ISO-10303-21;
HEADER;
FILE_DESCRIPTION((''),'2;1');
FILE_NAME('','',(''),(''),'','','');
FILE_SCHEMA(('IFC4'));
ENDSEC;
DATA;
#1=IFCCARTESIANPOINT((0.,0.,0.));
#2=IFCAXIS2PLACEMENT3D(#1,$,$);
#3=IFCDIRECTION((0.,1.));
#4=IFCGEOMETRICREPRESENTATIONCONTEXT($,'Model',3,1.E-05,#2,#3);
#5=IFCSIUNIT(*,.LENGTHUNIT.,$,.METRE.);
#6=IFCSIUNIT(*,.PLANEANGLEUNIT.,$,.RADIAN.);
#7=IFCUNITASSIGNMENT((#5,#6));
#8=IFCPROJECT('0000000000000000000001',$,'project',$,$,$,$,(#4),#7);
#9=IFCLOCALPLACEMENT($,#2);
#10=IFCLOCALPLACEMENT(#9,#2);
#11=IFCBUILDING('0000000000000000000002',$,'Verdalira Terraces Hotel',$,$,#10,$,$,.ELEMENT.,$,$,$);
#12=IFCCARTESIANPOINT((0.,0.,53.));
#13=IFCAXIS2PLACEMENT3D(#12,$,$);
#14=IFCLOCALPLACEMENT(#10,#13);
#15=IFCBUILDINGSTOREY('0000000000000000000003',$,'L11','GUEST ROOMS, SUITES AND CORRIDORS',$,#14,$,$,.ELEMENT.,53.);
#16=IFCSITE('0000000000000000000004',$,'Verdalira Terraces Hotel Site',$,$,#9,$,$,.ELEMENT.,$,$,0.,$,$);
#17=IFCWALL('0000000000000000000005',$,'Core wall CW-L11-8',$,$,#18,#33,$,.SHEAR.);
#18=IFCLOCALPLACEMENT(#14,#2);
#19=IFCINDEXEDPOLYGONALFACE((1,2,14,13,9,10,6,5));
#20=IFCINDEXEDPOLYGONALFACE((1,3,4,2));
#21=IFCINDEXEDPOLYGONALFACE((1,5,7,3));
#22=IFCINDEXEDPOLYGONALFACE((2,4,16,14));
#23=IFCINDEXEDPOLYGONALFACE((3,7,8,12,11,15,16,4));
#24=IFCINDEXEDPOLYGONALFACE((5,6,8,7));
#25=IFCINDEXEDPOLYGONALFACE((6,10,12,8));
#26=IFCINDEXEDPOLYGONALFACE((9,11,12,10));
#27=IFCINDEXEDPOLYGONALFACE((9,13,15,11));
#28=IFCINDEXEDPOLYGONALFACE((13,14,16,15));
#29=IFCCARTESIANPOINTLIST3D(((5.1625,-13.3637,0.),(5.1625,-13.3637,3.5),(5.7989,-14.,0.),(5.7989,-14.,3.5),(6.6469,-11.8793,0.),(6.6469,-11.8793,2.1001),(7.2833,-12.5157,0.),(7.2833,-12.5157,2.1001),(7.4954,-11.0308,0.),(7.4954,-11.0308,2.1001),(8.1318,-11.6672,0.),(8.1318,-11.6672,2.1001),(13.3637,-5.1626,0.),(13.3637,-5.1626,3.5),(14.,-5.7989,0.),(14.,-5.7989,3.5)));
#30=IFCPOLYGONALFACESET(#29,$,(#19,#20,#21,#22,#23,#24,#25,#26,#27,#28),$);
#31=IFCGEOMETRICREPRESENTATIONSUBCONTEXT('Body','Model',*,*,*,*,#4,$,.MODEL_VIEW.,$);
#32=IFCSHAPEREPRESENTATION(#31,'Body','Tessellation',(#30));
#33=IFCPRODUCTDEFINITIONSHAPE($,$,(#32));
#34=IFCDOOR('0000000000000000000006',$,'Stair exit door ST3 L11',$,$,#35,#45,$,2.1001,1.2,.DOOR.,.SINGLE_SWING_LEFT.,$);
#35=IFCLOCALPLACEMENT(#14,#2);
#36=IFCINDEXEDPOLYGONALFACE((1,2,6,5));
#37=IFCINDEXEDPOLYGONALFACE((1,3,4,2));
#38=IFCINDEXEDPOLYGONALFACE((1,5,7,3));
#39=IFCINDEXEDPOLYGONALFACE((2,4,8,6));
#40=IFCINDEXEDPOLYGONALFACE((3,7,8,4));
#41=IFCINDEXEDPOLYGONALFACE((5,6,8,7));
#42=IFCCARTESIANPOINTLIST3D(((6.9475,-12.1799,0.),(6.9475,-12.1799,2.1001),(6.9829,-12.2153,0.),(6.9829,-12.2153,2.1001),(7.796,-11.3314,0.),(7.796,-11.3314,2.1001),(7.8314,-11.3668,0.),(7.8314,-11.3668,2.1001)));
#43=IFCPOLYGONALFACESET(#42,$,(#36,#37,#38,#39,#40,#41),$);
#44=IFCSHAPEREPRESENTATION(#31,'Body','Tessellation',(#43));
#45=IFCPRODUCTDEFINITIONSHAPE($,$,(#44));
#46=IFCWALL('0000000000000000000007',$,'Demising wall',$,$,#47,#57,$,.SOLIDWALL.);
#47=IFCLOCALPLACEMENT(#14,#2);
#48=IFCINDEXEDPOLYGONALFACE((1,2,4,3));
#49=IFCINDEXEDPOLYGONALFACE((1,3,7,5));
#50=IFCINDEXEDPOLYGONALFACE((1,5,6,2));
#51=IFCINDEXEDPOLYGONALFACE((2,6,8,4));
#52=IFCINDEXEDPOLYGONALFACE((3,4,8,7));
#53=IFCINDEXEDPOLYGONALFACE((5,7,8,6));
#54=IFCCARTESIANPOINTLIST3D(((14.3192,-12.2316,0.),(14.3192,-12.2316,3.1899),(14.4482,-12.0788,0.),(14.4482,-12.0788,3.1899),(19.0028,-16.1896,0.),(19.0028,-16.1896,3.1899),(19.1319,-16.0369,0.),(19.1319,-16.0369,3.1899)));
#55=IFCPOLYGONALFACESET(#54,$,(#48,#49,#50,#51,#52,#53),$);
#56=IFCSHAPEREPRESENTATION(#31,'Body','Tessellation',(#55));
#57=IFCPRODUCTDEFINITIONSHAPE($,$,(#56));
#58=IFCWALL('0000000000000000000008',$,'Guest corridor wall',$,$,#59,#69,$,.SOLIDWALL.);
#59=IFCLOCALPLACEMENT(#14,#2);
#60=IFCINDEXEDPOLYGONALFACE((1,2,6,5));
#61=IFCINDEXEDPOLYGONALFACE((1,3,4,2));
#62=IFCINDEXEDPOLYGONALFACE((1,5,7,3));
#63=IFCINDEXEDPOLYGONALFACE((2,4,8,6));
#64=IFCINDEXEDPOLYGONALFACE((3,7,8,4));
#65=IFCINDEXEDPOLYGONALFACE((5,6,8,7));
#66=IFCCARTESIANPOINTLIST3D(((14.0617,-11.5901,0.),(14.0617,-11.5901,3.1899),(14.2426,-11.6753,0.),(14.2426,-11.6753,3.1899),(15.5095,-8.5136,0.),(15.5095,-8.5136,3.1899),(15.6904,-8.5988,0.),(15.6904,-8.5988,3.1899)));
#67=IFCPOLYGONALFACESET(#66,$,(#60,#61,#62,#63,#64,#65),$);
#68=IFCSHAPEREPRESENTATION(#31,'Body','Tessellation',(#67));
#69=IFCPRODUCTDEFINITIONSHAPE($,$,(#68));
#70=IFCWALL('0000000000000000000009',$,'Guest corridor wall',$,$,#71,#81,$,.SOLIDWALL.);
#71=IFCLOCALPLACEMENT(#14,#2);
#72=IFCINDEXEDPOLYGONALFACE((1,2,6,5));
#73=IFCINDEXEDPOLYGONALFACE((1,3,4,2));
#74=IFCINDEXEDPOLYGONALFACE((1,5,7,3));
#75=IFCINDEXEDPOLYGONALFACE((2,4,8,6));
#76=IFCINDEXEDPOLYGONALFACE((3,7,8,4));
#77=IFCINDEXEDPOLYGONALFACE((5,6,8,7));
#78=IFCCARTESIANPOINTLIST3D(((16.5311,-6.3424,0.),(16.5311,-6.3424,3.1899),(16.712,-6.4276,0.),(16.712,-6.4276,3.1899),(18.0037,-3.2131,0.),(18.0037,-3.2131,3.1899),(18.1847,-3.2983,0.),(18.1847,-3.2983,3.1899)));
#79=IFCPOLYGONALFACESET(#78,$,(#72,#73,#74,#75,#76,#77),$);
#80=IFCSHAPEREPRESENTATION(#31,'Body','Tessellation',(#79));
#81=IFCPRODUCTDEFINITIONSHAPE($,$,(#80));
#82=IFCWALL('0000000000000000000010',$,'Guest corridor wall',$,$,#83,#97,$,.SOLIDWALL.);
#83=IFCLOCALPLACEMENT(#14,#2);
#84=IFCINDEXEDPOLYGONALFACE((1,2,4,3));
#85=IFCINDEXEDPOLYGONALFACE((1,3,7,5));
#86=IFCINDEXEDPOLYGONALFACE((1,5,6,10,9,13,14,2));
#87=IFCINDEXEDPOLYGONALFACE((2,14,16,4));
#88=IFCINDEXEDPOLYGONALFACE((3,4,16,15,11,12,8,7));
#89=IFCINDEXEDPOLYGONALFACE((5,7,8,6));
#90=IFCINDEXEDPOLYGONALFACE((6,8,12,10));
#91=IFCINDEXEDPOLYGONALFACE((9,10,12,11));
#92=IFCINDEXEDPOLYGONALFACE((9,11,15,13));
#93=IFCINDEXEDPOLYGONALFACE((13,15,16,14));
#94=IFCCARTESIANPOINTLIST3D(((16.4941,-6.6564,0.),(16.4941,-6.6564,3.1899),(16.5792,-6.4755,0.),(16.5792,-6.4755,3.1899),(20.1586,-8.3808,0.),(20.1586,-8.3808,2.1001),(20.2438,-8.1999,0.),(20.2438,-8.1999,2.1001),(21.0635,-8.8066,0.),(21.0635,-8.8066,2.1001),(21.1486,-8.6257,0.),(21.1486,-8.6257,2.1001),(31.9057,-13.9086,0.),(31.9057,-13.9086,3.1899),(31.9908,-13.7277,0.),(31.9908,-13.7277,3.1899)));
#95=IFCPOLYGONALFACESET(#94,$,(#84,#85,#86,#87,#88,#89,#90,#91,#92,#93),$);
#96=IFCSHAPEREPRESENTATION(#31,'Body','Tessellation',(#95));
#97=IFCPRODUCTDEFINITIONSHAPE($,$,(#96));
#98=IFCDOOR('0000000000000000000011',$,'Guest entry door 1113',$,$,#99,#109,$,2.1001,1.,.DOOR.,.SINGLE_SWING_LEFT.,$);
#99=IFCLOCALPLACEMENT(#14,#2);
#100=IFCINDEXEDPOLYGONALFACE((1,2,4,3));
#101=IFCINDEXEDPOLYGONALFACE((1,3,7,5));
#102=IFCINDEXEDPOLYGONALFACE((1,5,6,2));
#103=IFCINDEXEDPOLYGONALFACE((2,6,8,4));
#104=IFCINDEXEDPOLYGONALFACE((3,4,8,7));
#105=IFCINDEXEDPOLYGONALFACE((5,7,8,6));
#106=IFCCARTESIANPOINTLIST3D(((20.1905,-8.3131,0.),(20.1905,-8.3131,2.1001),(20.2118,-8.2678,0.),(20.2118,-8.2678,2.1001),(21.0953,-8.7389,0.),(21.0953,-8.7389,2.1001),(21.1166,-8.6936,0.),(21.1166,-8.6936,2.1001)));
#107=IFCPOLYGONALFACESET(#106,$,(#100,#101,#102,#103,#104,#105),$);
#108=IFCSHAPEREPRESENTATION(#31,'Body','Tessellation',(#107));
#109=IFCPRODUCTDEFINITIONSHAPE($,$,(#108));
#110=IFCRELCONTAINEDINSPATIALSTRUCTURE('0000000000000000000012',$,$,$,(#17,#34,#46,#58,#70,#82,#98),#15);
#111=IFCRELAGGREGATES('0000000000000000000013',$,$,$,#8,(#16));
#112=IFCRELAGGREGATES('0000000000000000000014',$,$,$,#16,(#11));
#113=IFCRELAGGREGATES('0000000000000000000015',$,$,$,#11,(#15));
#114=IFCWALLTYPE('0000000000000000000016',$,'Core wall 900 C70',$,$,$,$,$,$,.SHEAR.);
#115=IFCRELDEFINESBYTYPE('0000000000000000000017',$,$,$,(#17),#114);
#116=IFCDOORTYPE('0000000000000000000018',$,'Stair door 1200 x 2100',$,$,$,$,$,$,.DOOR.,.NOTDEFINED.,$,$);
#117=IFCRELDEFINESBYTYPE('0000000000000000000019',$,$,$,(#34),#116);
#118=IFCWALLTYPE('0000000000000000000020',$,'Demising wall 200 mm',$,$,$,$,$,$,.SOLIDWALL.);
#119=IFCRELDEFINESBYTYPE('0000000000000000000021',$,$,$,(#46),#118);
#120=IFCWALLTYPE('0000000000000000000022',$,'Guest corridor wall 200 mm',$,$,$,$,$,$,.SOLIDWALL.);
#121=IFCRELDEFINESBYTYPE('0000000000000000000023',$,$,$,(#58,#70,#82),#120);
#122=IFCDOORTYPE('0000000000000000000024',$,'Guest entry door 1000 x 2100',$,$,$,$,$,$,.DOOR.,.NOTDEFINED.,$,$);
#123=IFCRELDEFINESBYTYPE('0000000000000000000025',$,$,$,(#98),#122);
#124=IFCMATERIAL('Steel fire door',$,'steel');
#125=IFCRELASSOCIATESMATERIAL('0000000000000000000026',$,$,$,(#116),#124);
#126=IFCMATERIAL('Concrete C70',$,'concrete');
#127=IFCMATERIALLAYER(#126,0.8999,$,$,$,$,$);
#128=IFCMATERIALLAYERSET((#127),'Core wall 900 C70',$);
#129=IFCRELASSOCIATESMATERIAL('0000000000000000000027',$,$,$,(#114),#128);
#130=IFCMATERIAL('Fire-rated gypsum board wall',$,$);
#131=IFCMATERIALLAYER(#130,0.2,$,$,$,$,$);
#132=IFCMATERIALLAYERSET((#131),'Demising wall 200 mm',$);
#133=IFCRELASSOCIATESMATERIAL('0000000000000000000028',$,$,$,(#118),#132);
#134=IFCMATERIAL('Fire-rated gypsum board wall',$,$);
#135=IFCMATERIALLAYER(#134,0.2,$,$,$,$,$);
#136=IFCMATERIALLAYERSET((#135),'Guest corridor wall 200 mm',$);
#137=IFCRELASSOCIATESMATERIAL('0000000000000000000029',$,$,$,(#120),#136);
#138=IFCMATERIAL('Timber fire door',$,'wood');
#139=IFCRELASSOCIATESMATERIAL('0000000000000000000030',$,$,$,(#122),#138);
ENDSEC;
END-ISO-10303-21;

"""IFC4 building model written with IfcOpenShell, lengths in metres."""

from ifc_helpers import new_model, si_unit, direction, frame, frame_2d, origin, place, context, subcontext, project, spatial, rectangle, extrude, material, layer, layer_set, type_object, element, fill, save


model = new_model("IFC4")

# Units and contexts
model_context = context("Model", 3, precision=1e-05, world=origin(), true_north=direction((0.0, 1.0)))
body_context = subcontext(model_context, "Body", "Model", "MODEL_VIEW")
ifc_project = project(units=[si_unit("LENGTHUNIT", "METRE"), si_unit("PLANEANGLEUNIT", "RADIAN")], contexts=[model_context])

# Site, building, storey
site_placement = place(None, origin())
site = spatial("IfcSite", under=ifc_project, at=site_placement, Name="Verdalira Terraces Hotel Site", CompositionType="ELEMENT", RefElevation=0.0)
building_placement = place(site_placement, origin())
building = spatial("IfcBuilding", under=site, at=building_placement, Name="Verdalira Terraces Hotel", CompositionType="ELEMENT")
storey_placement = place(building_placement, frame((0.0, 0.0, 53.0)))
storey = spatial("IfcBuildingStorey", under=building, at=storey_placement, Name="L11", Description="GUEST ROOMS, SUITES AND CORRIDORS", CompositionType="ELEMENT", Elevation=53.0)

# Shared definitions
ifc_material_1 = material(Name="Steel fire door", Category="steel")
door_type_1 = type_object("IfcDoorType", Name="Stair door 1200 x 2100", OperationType="NOTDEFINED", PredefinedType="DOOR", material=ifc_material_1)

# Wall, opening, door
ifc_material_2 = material(Name="Concrete C70", Category="concrete")
ifc_layer_1 = layer(ifc_material_2, 0.8999)
ifc_layer_set_1 = layer_set([ifc_layer_1], Name="Core wall 900 C70")
wall_type_1 = type_object("IfcWallType", Name="Core wall 900 C70", PredefinedType="SHEAR", material=ifc_layer_set_1)
wall_1_placement = place(storey_placement, frame((5.4807, -13.6819, 0.0), z_axis=(0.0, 0.0, 1.0), x_axis=(0.707107, 0.707107, 0.0)))
wall_1 = element("IfcWall", 1, at=wall_1_placement, inside=storey, type_object=wall_type_1, Name="Core wall CW-L11-8", PredefinedType="SHEAR", context=body_context, shape_type="SweptSolid", body=[
    extrude(rectangle(XDim=11.5981, YDim=0.8999, at=frame_2d((5.7991, 0.0))), origin(), (0.0, 0.0, 1.0), 3.5),
])
opening_1_placement = place(wall_1_placement, frame((2.0991, 0.0, 0.0)))
opening_1 = element("IfcOpeningElement", 2, at=opening_1_placement, cuts=wall_1, PredefinedType="OPENING", context=body_context, shape_type="SweptSolid", body=[
    extrude(rectangle(XDim=1.2, YDim=2.1001, at=frame_2d((0.6001, 1.05))), frame((0.0, 0.46, 0.0), z_axis=(0.0, -1.0, 0.0), x_axis=(1.0, 0.0, 0.0)), (0.0, 0.0, 1.0), 0.9199),
])
door_1_placement = place(opening_1_placement, origin())
door_1 = element("IfcDoor", 3, at=door_1_placement, inside=storey, type_object=door_type_1, Name="Stair exit door ST3 L11", OperationType="SINGLE_SWING_LEFT", OverallHeight=2.1001, OverallWidth=1.2, PredefinedType="DOOR", context=body_context, shape_type="SweptSolid", body=[
    extrude(rectangle(XDim=1.2, YDim=2.1001, at=frame_2d((0.6001, 1.05))), frame((0.0, 0.0249, 0.0), z_axis=(0.0, -1.0, 0.0), x_axis=(1.0, 0.0, 0.0)), (0.0, 0.0, 1.0), 0.05),
])
fill(opening_1, door_1)

# Walls
ifc_material_3 = material(Name="Fire-rated gypsum board wall")
ifc_layer_2 = layer(ifc_material_3, 0.2)
ifc_layer_set_2 = layer_set([ifc_layer_2], Name="Demising wall 200 mm")
wall_type_2 = type_object("IfcWallType", Name="Demising wall 200 mm", PredefinedType="SOLIDWALL", material=ifc_layer_set_2)
wall_2_placement = place(storey_placement, frame((14.3838, -12.1553, 0.0), z_axis=(0.0, 0.0, 1.0), x_axis=(0.763791, -0.645464, 0.0)))
element("IfcWall", 4, at=wall_2_placement, inside=storey, type_object=wall_type_2, Name="Demising wall", PredefinedType="SOLIDWALL", context=body_context, shape_type="SweptSolid", body=[
    extrude(rectangle(XDim=6.1321, YDim=0.2, at=frame_2d((3.0659, 0.0))), origin(), (0.0, 0.0, 1.0), 3.1899),
])
ifc_material_4 = material(Name="Fire-rated gypsum board wall")
ifc_layer_3 = layer(ifc_material_4, 0.2)
ifc_layer_set_3 = layer_set([ifc_layer_3], Name="Guest corridor wall 200 mm")
wall_type_3 = type_object("IfcWallType", Name="Guest corridor wall 200 mm", PredefinedType="SOLIDWALL", material=ifc_layer_set_3)
wall_3_placement = place(storey_placement, frame((14.1521, -11.6328, 0.0), z_axis=(0.0, 0.0, 1.0), x_axis=(0.425804, 0.904815, 0.0)))
element("IfcWall", 5, at=wall_3_placement, inside=storey, type_object=wall_type_3, Name="Guest corridor wall", PredefinedType="SOLIDWALL", context=body_context, shape_type="SweptSolid", body=[
    extrude(rectangle(XDim=3.4001, YDim=0.2, at=frame_2d((1.7002, 0.0))), origin(), (0.0, 0.0, 1.0), 3.1899),
])
wall_4_placement = place(storey_placement, frame((16.6216, -6.385, 0.0), z_axis=(0.0, 0.0, 1.0), x_axis=(0.425797, 0.904819, 0.0)))
element("IfcWall", 6, at=wall_4_placement, inside=storey, type_object=wall_type_3, Name="Guest corridor wall", PredefinedType="SOLIDWALL", context=body_context, shape_type="SweptSolid", body=[
    extrude(rectangle(XDim=3.4585, YDim=0.2, at=frame_2d((1.7292, 0.0))), origin(), (0.0, 0.0, 1.0), 3.1899),
])

# Wall, opening, door
wall_5_placement = place(storey_placement, frame((16.5366, -6.5659, 0.0), z_axis=(0.0, 0.0, 1.0), x_axis=(0.904826, -0.425781, 0.0)))
wall_5 = element("IfcWall", 7, at=wall_5_placement, inside=storey, type_object=wall_type_3, Name="Guest corridor wall", PredefinedType="SOLIDWALL", context=body_context, shape_type="SweptSolid", body=[
    extrude(rectangle(XDim=17.0327, YDim=0.2, at=frame_2d((8.5164, 0.0))), origin(), (0.0, 0.0, 1.0), 3.1899),
])
opening_2_placement = place(wall_5_placement, frame((4.05, 0.0, 0.0)))
opening_2 = element("IfcOpeningElement", 8, at=opening_2_placement, cuts=wall_5, PredefinedType="OPENING", context=body_context, shape_type="SweptSolid", body=[
    extrude(rectangle(XDim=1.0, YDim=2.1001, at=frame_2d((0.5, 1.05))), frame((0.0, 0.1099, 0.0), z_axis=(0.0, -1.0, 0.0), x_axis=(1.0, 0.0, 0.0)), (0.0, 0.0, 1.0), 0.22),
])
ifc_material_5 = material(Name="Timber fire door", Category="wood")
door_type_2 = type_object("IfcDoorType", Name="Guest entry door 1000 x 2100", OperationType="NOTDEFINED", PredefinedType="DOOR", material=ifc_material_5)
door_2_placement = place(opening_2_placement, origin())
door_2 = element("IfcDoor", 9, at=door_2_placement, inside=storey, type_object=door_type_2, Name="Guest entry door 1113", OperationType="SINGLE_SWING_LEFT", OverallHeight=2.1001, OverallWidth=1.0, PredefinedType="DOOR", context=body_context, shape_type="SweptSolid", body=[
    extrude(rectangle(XDim=1.0, YDim=2.1001, at=frame_2d((0.5, 1.05))), frame((0.0, 0.0249, 0.0), z_axis=(0.0, -1.0, 0.0), x_axis=(1.0, 0.0, 0.0)), (0.0, 0.0, 1.0), 0.05),
])
fill(opening_2, door_2)

save(model, "model.ifc")
